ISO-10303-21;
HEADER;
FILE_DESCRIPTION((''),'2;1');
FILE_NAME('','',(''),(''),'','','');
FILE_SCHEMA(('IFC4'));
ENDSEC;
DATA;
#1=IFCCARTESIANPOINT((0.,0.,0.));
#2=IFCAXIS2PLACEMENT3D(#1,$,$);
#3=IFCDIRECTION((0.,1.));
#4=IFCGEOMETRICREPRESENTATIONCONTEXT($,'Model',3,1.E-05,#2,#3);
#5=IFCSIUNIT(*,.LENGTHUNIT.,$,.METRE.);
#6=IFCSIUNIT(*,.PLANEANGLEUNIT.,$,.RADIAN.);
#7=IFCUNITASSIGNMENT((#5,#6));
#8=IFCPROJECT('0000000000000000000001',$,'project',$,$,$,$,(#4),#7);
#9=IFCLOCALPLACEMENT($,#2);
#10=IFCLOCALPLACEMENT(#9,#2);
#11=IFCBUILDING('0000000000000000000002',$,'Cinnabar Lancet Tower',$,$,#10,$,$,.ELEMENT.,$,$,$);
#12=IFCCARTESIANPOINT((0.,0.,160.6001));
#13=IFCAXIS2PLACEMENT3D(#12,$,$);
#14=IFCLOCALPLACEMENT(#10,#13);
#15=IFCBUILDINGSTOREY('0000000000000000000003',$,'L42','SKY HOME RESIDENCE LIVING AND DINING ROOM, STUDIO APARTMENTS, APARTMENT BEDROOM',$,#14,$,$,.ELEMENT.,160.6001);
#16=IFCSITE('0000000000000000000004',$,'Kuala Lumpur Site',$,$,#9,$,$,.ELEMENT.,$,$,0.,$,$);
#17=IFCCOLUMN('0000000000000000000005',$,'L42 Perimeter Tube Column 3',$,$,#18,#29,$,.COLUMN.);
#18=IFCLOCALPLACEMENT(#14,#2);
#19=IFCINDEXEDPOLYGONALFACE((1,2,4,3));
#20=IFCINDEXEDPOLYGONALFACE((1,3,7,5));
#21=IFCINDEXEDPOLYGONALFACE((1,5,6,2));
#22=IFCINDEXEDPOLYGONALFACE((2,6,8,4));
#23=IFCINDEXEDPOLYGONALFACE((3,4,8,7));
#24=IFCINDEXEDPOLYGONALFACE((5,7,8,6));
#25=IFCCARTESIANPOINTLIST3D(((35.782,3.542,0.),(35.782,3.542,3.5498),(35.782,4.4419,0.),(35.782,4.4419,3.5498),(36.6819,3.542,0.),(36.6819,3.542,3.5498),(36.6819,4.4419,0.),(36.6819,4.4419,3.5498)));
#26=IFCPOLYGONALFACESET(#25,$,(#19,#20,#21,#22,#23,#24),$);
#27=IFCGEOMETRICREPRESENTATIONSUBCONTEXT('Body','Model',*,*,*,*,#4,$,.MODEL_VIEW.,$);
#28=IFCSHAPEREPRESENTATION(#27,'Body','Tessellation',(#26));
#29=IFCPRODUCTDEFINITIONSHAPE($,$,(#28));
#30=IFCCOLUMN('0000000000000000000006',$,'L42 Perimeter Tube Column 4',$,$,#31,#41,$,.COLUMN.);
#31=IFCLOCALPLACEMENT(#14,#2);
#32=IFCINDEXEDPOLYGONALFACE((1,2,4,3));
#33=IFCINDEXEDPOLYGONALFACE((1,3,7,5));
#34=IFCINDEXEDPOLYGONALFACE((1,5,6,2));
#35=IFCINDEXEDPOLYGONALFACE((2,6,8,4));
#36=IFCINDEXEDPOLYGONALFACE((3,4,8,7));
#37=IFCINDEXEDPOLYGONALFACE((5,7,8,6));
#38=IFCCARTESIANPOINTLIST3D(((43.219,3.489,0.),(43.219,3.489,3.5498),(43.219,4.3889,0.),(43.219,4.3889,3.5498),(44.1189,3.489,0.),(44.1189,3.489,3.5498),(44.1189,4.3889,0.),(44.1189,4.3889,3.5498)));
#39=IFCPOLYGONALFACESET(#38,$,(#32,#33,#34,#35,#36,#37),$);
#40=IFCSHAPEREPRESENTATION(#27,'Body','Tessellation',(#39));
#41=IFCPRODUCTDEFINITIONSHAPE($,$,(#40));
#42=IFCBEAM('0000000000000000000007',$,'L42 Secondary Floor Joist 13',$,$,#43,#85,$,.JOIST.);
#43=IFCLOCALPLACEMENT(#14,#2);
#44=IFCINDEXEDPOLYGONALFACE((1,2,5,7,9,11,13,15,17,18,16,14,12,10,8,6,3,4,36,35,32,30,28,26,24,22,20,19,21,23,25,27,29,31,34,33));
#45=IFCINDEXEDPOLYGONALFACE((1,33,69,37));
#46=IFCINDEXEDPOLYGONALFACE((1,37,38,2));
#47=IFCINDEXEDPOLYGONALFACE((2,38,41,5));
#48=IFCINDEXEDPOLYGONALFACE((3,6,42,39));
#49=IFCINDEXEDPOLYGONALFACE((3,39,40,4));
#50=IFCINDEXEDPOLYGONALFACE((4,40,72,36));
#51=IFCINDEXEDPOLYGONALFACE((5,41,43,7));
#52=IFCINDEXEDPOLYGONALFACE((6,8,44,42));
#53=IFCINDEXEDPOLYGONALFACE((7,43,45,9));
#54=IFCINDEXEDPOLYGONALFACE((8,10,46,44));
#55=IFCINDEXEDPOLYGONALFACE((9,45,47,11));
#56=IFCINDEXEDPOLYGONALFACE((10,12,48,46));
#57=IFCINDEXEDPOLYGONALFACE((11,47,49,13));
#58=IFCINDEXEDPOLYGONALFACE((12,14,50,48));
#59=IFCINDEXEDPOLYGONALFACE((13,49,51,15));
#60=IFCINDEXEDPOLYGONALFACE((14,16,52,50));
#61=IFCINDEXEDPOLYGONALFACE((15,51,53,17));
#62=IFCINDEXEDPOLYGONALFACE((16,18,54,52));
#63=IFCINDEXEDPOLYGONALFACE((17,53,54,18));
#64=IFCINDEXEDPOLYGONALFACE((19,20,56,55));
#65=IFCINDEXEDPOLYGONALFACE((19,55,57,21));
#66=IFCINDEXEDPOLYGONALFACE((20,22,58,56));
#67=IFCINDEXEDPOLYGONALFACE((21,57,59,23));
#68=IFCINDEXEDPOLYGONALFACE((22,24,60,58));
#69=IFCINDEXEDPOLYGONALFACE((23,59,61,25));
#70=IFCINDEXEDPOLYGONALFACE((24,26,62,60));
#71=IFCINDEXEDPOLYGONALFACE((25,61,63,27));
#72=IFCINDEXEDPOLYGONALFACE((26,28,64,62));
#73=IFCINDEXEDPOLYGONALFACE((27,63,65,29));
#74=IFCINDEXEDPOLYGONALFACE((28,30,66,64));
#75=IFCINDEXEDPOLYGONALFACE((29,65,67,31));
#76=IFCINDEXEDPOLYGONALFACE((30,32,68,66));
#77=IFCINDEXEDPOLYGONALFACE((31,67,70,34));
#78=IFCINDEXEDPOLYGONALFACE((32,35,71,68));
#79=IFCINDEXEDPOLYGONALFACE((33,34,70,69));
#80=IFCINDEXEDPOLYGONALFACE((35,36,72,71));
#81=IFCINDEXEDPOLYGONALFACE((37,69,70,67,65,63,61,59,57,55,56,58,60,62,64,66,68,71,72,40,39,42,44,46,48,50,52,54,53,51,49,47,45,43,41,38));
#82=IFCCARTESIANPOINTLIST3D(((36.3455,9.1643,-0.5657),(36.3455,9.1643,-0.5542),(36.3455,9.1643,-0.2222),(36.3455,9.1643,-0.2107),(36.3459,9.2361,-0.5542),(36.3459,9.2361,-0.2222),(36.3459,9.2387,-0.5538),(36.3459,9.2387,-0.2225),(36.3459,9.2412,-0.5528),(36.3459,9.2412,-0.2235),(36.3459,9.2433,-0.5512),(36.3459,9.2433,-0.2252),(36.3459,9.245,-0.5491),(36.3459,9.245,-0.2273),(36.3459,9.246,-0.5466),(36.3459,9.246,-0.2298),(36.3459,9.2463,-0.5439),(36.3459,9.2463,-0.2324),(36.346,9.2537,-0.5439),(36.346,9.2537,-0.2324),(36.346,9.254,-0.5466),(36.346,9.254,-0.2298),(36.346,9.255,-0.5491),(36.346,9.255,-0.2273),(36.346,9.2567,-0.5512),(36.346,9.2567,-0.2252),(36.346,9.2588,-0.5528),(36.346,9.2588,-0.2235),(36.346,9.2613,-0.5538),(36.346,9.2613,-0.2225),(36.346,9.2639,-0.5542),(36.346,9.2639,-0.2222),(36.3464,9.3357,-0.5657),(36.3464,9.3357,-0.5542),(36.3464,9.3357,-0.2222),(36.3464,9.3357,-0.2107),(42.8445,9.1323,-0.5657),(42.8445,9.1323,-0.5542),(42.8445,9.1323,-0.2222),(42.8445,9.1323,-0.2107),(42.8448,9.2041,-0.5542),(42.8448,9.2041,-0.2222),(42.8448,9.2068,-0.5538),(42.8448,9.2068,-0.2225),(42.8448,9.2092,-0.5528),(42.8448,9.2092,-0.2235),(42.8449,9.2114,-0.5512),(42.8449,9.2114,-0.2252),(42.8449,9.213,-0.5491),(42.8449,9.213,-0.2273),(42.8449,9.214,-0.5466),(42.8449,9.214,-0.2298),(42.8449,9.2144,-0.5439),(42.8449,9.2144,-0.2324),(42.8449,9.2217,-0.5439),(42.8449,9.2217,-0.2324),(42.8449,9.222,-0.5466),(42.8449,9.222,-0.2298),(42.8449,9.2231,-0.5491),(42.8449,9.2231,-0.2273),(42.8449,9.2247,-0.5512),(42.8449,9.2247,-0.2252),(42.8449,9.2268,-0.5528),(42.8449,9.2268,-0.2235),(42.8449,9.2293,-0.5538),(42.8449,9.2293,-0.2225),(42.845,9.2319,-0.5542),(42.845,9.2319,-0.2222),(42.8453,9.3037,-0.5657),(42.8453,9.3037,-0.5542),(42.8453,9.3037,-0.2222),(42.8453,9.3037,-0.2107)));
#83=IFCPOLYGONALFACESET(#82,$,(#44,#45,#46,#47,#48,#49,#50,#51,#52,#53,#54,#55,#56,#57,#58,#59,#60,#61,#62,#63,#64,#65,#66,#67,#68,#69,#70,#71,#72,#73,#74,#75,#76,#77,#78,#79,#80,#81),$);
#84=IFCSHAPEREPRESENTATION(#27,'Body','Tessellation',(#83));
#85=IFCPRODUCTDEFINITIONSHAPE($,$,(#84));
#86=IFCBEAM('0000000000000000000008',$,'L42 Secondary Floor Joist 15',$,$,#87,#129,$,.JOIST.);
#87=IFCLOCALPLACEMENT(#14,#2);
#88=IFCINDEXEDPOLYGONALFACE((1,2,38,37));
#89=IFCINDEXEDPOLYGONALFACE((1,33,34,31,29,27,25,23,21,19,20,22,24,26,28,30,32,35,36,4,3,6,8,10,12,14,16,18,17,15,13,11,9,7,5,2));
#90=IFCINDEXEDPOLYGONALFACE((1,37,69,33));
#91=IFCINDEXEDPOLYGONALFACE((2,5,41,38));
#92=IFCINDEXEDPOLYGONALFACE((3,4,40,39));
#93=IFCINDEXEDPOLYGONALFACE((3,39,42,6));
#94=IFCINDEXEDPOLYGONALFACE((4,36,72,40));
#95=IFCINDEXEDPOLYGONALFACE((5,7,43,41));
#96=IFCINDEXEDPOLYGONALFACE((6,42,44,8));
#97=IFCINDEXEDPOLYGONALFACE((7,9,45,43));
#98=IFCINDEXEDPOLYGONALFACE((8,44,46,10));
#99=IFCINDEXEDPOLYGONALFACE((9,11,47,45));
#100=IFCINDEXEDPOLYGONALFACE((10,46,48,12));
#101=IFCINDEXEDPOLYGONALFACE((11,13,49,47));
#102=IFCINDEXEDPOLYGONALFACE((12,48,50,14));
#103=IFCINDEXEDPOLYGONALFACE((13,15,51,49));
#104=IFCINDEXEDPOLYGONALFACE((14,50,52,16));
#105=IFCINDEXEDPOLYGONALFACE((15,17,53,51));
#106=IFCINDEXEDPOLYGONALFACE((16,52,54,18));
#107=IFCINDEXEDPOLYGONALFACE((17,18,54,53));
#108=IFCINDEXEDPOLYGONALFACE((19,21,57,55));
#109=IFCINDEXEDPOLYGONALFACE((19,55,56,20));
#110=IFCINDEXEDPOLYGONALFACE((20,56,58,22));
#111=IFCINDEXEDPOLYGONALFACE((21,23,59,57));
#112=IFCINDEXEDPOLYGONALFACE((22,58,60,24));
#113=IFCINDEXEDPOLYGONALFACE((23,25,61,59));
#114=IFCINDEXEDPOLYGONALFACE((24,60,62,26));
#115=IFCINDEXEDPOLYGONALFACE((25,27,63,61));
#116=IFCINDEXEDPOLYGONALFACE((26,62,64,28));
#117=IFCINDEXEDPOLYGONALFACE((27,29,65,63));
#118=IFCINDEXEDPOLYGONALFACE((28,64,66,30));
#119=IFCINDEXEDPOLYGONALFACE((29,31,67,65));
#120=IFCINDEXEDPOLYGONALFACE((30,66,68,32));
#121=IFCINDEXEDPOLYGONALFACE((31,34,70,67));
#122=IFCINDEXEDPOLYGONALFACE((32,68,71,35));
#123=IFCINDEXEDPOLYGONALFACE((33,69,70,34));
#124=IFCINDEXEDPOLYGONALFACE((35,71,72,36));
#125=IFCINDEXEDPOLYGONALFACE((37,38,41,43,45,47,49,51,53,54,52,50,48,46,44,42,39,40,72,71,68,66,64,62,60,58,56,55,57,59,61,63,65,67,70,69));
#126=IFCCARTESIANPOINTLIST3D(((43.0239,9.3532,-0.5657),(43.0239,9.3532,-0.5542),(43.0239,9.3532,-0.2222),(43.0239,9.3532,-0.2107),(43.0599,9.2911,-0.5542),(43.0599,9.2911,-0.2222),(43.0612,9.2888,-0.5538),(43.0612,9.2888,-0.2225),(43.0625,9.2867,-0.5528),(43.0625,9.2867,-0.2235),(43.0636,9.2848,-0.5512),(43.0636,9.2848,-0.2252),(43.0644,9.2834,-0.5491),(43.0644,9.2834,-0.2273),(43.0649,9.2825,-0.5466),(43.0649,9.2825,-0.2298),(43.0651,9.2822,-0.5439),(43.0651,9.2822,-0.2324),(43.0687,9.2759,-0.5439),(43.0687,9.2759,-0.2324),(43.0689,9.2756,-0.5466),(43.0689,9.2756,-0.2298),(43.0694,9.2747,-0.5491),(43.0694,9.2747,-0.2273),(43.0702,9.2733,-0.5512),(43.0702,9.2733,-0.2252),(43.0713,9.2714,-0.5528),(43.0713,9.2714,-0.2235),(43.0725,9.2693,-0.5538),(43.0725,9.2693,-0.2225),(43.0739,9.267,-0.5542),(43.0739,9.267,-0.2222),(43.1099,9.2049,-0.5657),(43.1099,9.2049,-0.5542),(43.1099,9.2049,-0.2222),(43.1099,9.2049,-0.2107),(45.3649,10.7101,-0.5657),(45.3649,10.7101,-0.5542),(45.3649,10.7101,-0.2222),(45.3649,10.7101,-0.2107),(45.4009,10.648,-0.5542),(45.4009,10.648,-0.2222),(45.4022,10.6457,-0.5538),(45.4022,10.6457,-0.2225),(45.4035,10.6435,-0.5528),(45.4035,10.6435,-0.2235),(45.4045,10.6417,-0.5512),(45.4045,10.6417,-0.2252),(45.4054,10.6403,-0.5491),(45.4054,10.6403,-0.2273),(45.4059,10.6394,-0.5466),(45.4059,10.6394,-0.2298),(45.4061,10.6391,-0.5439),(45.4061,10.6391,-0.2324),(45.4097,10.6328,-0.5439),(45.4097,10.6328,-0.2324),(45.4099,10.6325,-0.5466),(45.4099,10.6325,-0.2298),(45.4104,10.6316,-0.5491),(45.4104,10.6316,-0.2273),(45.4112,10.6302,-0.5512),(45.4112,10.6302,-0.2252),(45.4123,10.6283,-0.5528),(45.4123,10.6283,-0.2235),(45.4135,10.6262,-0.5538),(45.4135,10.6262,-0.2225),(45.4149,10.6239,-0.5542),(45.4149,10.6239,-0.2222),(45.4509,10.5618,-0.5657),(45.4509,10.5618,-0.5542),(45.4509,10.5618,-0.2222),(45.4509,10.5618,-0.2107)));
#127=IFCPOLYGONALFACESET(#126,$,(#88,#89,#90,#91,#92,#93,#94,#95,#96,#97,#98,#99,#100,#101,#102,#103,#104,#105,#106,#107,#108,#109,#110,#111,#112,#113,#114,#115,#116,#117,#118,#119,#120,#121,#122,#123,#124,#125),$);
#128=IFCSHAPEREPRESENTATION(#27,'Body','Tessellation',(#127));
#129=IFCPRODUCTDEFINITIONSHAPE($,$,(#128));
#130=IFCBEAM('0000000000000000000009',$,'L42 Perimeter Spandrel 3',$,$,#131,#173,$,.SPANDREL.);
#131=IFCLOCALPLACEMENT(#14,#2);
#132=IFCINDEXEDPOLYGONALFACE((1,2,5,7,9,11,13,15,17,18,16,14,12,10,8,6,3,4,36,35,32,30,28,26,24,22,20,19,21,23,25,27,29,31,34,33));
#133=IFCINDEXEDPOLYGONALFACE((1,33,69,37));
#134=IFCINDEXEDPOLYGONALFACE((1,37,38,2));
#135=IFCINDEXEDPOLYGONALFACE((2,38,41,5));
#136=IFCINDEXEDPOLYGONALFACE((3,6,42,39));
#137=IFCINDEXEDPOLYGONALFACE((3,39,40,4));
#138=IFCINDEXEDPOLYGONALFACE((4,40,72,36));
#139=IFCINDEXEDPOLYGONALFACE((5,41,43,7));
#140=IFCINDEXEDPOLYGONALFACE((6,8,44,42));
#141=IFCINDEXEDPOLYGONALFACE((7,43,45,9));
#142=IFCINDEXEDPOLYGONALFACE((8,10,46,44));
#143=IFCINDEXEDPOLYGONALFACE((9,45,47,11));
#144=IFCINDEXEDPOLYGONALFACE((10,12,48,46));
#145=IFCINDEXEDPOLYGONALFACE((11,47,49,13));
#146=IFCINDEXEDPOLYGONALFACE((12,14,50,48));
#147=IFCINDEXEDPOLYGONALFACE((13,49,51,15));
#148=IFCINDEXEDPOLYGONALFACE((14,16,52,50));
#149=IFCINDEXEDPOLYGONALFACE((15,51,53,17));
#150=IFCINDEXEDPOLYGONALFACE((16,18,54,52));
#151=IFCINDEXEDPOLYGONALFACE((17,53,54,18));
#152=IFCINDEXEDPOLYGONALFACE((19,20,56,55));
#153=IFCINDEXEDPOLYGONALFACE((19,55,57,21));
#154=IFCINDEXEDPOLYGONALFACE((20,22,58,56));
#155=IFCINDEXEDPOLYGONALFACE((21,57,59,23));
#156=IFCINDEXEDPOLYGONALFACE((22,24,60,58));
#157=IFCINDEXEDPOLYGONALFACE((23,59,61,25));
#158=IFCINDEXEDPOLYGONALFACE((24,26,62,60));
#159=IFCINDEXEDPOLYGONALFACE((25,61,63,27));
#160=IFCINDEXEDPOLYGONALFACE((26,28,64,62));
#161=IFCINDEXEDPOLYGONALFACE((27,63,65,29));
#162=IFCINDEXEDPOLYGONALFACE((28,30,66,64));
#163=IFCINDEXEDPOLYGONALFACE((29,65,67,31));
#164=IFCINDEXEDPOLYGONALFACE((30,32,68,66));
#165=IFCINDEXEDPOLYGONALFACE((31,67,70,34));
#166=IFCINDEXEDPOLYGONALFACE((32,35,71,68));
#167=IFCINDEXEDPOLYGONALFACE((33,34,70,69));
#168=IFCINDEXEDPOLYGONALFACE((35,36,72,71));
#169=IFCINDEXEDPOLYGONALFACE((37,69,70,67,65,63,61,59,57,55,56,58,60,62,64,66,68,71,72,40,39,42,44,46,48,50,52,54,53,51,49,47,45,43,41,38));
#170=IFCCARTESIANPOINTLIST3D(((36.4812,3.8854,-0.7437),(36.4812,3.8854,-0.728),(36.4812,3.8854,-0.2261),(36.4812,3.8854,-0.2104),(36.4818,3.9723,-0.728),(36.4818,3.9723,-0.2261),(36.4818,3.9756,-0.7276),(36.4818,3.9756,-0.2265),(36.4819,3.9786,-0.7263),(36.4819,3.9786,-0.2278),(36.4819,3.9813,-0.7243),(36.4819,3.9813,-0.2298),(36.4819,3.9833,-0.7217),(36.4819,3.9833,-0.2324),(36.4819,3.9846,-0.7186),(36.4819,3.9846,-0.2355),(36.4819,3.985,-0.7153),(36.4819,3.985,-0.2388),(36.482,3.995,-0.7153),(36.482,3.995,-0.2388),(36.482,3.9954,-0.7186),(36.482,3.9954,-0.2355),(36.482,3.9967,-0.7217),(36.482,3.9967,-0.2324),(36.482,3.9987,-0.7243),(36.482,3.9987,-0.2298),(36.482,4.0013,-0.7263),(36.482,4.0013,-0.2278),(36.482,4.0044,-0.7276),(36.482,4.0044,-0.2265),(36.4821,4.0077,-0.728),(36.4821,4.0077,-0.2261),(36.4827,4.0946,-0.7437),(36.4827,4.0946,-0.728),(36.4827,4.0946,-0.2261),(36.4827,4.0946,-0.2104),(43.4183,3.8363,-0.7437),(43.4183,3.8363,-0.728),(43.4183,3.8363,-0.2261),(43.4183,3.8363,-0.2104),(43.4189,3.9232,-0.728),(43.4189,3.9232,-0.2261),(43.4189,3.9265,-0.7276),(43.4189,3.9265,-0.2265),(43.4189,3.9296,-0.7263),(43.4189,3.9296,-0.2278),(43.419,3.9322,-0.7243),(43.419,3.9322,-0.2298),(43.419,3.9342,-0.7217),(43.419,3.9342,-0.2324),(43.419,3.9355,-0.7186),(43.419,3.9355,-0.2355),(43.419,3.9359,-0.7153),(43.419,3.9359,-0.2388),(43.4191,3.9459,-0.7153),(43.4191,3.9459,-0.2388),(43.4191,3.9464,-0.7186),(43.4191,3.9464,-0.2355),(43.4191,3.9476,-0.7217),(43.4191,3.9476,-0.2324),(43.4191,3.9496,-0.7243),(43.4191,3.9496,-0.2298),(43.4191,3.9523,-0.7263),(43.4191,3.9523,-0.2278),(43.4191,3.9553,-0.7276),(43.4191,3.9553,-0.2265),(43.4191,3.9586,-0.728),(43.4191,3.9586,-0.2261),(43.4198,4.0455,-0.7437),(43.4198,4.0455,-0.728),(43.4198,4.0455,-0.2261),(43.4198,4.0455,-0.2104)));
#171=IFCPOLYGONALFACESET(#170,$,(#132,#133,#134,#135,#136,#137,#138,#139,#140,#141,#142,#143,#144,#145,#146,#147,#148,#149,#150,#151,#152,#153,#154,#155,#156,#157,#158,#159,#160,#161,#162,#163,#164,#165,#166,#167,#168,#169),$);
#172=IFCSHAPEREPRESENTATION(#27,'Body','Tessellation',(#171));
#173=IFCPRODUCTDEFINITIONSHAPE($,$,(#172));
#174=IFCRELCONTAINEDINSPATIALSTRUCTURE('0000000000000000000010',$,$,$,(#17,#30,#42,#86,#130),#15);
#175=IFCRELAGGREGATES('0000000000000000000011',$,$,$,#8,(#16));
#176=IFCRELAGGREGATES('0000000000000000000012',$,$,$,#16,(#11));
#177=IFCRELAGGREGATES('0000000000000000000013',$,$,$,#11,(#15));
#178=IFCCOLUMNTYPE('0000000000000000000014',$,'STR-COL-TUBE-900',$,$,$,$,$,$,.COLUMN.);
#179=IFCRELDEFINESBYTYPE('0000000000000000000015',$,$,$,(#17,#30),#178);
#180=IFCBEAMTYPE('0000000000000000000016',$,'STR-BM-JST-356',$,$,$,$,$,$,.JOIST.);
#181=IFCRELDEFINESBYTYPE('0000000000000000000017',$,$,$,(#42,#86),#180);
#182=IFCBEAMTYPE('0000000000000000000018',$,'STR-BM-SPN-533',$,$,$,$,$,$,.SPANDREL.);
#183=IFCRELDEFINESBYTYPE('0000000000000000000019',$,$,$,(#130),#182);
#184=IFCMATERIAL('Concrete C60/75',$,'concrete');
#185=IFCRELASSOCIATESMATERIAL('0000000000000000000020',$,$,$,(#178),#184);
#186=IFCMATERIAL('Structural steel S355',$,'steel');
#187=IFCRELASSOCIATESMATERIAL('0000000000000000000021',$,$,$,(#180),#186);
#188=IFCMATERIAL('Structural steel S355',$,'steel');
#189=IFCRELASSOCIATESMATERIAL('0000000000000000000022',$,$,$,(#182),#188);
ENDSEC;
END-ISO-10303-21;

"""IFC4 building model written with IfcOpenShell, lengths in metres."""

from ifc_helpers import new_model, si_unit, direction, frame, origin, origin_2d, place, context, subcontext, project, spatial, rectangle, i_section, extrude, material, material_profile, profile_set, type_object, element, save


model = new_model("IFC4")

# Units and contexts
model_context = context("Model", 3, precision=1e-05, world=origin(), true_north=direction((0.0, 1.0)))
body_context = subcontext(model_context, "Body", "Model", "MODEL_VIEW")
ifc_project = project(units=[si_unit("LENGTHUNIT", "METRE"), si_unit("PLANEANGLEUNIT", "RADIAN")], contexts=[model_context])

# Site, building, storey
site_placement = place(None, origin())
site = spatial("IfcSite", under=ifc_project, at=site_placement, Name="Kuala Lumpur Site", CompositionType="ELEMENT", RefElevation=0.0)
building_placement = place(site_placement, origin())
building = spatial("IfcBuilding", under=site, at=building_placement, Name="Cinnabar Lancet Tower", CompositionType="ELEMENT")
storey_placement = place(building_placement, frame((0.0, 0.0, 160.6001)))
storey = spatial("IfcBuildingStorey", under=building, at=storey_placement, Name="L42", Description="SKY HOME RESIDENCE LIVING AND DINING ROOM, STUDIO APARTMENTS, APARTMENT BEDROOM", CompositionType="ELEMENT", Elevation=160.6001)

# Columns
ifc_material_1 = material(Name="Concrete C60/75", Category="concrete")
ifc_material_profile_1 = material_profile(ifc_material_1, rectangle(XDim=0.8999, YDim=0.8999, at=origin_2d()), Name="RC-COL 900x900")
ifc_profile_set_1 = profile_set([ifc_material_profile_1], Name="Concrete C60/75")
column_type = type_object("IfcColumnType", Name="STR-COL-TUBE-900", PredefinedType="COLUMN", material=ifc_profile_set_1)
for number, where, z_axis, x_axis, name in (
    (1, (36.2319, 3.9919, 0.0), (0.0, 0.0, 1.0), (1.0, 0.0, 0.0), "L42 Perimeter Tube Column 3"),
    (2, (43.6689, 3.939, 0.0), (0.0, 0.0, 1.0), (1.0, 0.0, 0.0), "L42 Perimeter Tube Column 4"),
):
    element("IfcColumn", number, at=place(storey_placement, frame(where, z_axis=z_axis, x_axis=x_axis)), inside=storey, type_object=column_type, Name=name, PredefinedType="COLUMN", context=body_context, shape_type="SweptSolid", body=[
        extrude(rectangle(XDim=0.8999, YDim=0.8999, at=origin_2d()), origin(), (0.0, 0.0, 1.0), 3.5498),
    ])

# Beams
ifc_material_2 = material(Name="Structural steel S355", Category="steel")
ifc_material_profile_2 = material_profile(ifc_material_2, i_section(OverallWidth=0.1714, OverallDepth=0.355, WebThickness=0.0073, FlangeThickness=0.0115, FilletRadius=0.0103, at=origin_2d()), Name="UKB 356x171x51")
ifc_profile_set_2 = profile_set([ifc_material_profile_2], Name="Structural steel S355")
beam_type_1 = type_object("IfcBeamType", Name="STR-BM-JST-356", PredefinedType="JOIST", material=ifc_profile_set_2)
beam_1_placement = place(storey_placement, frame((36.3459, 9.25, -0.3882), z_axis=(0.999988, -0.004921, 0.0), x_axis=(0.004921, 0.999988, 0.0)))
element("IfcBeam", 3, at=beam_1_placement, inside=storey, type_object=beam_type_1, Name="L42 Secondary Floor Joist 13", PredefinedType="JOIST", context=body_context, shape_type="SweptSolid", body=[
    extrude(i_section(OverallWidth=0.1714, OverallDepth=0.355, WebThickness=0.0073, FlangeThickness=0.0115, FilletRadius=0.0103, at=origin_2d()), origin(), (0.0, 0.0, 1.0), 6.499),
])
beam_2_placement = place(storey_placement, frame((43.0669, 9.2791, -0.3882), z_axis=(0.865173, 0.501474, 0.0), x_axis=(-0.501474, 0.865173, 0.0)))
element("IfcBeam", 4, at=beam_2_placement, inside=storey, type_object=beam_type_1, Name="L42 Secondary Floor Joist 15", PredefinedType="JOIST", context=body_context, shape_type="SweptSolid", body=[
    extrude(i_section(OverallWidth=0.1714, OverallDepth=0.355, WebThickness=0.0073, FlangeThickness=0.0115, FilletRadius=0.0103, at=origin_2d()), origin(), (0.0, 0.0, 1.0), 2.7058),
])
ifc_material_3 = material(Name="Structural steel S355", Category="steel")
ifc_material_profile_3 = material_profile(ifc_material_3, i_section(OverallWidth=0.2092, OverallDepth=0.5332, WebThickness=0.01, FlangeThickness=0.0156, FilletRadius=0.0127, at=origin_2d()), Name="UKB 533x210x92")
ifc_profile_set_3 = profile_set([ifc_material_profile_3], Name="Structural steel S355")
beam_type_2 = type_object("IfcBeamType", Name="STR-BM-SPN-533", PredefinedType="SPANDREL", material=ifc_profile_set_3)
beam_3_placement = place(storey_placement, frame((36.4819, 3.99, -0.4771), z_axis=(0.999975, -0.007074, 0.0), x_axis=(0.007074, 0.999975, 0.0)))
element("IfcBeam", 5, at=beam_3_placement, inside=storey, type_object=beam_type_2, Name="L42 Perimeter Spandrel 3", PredefinedType="SPANDREL", context=body_context, shape_type="SweptSolid", body=[
    extrude(i_section(OverallWidth=0.2092, OverallDepth=0.5332, WebThickness=0.01, FlangeThickness=0.0156, FilletRadius=0.0127, at=origin_2d()), origin(), (0.0, 0.0, 1.0), 6.9373),
])

save(model, "model.ifc")
